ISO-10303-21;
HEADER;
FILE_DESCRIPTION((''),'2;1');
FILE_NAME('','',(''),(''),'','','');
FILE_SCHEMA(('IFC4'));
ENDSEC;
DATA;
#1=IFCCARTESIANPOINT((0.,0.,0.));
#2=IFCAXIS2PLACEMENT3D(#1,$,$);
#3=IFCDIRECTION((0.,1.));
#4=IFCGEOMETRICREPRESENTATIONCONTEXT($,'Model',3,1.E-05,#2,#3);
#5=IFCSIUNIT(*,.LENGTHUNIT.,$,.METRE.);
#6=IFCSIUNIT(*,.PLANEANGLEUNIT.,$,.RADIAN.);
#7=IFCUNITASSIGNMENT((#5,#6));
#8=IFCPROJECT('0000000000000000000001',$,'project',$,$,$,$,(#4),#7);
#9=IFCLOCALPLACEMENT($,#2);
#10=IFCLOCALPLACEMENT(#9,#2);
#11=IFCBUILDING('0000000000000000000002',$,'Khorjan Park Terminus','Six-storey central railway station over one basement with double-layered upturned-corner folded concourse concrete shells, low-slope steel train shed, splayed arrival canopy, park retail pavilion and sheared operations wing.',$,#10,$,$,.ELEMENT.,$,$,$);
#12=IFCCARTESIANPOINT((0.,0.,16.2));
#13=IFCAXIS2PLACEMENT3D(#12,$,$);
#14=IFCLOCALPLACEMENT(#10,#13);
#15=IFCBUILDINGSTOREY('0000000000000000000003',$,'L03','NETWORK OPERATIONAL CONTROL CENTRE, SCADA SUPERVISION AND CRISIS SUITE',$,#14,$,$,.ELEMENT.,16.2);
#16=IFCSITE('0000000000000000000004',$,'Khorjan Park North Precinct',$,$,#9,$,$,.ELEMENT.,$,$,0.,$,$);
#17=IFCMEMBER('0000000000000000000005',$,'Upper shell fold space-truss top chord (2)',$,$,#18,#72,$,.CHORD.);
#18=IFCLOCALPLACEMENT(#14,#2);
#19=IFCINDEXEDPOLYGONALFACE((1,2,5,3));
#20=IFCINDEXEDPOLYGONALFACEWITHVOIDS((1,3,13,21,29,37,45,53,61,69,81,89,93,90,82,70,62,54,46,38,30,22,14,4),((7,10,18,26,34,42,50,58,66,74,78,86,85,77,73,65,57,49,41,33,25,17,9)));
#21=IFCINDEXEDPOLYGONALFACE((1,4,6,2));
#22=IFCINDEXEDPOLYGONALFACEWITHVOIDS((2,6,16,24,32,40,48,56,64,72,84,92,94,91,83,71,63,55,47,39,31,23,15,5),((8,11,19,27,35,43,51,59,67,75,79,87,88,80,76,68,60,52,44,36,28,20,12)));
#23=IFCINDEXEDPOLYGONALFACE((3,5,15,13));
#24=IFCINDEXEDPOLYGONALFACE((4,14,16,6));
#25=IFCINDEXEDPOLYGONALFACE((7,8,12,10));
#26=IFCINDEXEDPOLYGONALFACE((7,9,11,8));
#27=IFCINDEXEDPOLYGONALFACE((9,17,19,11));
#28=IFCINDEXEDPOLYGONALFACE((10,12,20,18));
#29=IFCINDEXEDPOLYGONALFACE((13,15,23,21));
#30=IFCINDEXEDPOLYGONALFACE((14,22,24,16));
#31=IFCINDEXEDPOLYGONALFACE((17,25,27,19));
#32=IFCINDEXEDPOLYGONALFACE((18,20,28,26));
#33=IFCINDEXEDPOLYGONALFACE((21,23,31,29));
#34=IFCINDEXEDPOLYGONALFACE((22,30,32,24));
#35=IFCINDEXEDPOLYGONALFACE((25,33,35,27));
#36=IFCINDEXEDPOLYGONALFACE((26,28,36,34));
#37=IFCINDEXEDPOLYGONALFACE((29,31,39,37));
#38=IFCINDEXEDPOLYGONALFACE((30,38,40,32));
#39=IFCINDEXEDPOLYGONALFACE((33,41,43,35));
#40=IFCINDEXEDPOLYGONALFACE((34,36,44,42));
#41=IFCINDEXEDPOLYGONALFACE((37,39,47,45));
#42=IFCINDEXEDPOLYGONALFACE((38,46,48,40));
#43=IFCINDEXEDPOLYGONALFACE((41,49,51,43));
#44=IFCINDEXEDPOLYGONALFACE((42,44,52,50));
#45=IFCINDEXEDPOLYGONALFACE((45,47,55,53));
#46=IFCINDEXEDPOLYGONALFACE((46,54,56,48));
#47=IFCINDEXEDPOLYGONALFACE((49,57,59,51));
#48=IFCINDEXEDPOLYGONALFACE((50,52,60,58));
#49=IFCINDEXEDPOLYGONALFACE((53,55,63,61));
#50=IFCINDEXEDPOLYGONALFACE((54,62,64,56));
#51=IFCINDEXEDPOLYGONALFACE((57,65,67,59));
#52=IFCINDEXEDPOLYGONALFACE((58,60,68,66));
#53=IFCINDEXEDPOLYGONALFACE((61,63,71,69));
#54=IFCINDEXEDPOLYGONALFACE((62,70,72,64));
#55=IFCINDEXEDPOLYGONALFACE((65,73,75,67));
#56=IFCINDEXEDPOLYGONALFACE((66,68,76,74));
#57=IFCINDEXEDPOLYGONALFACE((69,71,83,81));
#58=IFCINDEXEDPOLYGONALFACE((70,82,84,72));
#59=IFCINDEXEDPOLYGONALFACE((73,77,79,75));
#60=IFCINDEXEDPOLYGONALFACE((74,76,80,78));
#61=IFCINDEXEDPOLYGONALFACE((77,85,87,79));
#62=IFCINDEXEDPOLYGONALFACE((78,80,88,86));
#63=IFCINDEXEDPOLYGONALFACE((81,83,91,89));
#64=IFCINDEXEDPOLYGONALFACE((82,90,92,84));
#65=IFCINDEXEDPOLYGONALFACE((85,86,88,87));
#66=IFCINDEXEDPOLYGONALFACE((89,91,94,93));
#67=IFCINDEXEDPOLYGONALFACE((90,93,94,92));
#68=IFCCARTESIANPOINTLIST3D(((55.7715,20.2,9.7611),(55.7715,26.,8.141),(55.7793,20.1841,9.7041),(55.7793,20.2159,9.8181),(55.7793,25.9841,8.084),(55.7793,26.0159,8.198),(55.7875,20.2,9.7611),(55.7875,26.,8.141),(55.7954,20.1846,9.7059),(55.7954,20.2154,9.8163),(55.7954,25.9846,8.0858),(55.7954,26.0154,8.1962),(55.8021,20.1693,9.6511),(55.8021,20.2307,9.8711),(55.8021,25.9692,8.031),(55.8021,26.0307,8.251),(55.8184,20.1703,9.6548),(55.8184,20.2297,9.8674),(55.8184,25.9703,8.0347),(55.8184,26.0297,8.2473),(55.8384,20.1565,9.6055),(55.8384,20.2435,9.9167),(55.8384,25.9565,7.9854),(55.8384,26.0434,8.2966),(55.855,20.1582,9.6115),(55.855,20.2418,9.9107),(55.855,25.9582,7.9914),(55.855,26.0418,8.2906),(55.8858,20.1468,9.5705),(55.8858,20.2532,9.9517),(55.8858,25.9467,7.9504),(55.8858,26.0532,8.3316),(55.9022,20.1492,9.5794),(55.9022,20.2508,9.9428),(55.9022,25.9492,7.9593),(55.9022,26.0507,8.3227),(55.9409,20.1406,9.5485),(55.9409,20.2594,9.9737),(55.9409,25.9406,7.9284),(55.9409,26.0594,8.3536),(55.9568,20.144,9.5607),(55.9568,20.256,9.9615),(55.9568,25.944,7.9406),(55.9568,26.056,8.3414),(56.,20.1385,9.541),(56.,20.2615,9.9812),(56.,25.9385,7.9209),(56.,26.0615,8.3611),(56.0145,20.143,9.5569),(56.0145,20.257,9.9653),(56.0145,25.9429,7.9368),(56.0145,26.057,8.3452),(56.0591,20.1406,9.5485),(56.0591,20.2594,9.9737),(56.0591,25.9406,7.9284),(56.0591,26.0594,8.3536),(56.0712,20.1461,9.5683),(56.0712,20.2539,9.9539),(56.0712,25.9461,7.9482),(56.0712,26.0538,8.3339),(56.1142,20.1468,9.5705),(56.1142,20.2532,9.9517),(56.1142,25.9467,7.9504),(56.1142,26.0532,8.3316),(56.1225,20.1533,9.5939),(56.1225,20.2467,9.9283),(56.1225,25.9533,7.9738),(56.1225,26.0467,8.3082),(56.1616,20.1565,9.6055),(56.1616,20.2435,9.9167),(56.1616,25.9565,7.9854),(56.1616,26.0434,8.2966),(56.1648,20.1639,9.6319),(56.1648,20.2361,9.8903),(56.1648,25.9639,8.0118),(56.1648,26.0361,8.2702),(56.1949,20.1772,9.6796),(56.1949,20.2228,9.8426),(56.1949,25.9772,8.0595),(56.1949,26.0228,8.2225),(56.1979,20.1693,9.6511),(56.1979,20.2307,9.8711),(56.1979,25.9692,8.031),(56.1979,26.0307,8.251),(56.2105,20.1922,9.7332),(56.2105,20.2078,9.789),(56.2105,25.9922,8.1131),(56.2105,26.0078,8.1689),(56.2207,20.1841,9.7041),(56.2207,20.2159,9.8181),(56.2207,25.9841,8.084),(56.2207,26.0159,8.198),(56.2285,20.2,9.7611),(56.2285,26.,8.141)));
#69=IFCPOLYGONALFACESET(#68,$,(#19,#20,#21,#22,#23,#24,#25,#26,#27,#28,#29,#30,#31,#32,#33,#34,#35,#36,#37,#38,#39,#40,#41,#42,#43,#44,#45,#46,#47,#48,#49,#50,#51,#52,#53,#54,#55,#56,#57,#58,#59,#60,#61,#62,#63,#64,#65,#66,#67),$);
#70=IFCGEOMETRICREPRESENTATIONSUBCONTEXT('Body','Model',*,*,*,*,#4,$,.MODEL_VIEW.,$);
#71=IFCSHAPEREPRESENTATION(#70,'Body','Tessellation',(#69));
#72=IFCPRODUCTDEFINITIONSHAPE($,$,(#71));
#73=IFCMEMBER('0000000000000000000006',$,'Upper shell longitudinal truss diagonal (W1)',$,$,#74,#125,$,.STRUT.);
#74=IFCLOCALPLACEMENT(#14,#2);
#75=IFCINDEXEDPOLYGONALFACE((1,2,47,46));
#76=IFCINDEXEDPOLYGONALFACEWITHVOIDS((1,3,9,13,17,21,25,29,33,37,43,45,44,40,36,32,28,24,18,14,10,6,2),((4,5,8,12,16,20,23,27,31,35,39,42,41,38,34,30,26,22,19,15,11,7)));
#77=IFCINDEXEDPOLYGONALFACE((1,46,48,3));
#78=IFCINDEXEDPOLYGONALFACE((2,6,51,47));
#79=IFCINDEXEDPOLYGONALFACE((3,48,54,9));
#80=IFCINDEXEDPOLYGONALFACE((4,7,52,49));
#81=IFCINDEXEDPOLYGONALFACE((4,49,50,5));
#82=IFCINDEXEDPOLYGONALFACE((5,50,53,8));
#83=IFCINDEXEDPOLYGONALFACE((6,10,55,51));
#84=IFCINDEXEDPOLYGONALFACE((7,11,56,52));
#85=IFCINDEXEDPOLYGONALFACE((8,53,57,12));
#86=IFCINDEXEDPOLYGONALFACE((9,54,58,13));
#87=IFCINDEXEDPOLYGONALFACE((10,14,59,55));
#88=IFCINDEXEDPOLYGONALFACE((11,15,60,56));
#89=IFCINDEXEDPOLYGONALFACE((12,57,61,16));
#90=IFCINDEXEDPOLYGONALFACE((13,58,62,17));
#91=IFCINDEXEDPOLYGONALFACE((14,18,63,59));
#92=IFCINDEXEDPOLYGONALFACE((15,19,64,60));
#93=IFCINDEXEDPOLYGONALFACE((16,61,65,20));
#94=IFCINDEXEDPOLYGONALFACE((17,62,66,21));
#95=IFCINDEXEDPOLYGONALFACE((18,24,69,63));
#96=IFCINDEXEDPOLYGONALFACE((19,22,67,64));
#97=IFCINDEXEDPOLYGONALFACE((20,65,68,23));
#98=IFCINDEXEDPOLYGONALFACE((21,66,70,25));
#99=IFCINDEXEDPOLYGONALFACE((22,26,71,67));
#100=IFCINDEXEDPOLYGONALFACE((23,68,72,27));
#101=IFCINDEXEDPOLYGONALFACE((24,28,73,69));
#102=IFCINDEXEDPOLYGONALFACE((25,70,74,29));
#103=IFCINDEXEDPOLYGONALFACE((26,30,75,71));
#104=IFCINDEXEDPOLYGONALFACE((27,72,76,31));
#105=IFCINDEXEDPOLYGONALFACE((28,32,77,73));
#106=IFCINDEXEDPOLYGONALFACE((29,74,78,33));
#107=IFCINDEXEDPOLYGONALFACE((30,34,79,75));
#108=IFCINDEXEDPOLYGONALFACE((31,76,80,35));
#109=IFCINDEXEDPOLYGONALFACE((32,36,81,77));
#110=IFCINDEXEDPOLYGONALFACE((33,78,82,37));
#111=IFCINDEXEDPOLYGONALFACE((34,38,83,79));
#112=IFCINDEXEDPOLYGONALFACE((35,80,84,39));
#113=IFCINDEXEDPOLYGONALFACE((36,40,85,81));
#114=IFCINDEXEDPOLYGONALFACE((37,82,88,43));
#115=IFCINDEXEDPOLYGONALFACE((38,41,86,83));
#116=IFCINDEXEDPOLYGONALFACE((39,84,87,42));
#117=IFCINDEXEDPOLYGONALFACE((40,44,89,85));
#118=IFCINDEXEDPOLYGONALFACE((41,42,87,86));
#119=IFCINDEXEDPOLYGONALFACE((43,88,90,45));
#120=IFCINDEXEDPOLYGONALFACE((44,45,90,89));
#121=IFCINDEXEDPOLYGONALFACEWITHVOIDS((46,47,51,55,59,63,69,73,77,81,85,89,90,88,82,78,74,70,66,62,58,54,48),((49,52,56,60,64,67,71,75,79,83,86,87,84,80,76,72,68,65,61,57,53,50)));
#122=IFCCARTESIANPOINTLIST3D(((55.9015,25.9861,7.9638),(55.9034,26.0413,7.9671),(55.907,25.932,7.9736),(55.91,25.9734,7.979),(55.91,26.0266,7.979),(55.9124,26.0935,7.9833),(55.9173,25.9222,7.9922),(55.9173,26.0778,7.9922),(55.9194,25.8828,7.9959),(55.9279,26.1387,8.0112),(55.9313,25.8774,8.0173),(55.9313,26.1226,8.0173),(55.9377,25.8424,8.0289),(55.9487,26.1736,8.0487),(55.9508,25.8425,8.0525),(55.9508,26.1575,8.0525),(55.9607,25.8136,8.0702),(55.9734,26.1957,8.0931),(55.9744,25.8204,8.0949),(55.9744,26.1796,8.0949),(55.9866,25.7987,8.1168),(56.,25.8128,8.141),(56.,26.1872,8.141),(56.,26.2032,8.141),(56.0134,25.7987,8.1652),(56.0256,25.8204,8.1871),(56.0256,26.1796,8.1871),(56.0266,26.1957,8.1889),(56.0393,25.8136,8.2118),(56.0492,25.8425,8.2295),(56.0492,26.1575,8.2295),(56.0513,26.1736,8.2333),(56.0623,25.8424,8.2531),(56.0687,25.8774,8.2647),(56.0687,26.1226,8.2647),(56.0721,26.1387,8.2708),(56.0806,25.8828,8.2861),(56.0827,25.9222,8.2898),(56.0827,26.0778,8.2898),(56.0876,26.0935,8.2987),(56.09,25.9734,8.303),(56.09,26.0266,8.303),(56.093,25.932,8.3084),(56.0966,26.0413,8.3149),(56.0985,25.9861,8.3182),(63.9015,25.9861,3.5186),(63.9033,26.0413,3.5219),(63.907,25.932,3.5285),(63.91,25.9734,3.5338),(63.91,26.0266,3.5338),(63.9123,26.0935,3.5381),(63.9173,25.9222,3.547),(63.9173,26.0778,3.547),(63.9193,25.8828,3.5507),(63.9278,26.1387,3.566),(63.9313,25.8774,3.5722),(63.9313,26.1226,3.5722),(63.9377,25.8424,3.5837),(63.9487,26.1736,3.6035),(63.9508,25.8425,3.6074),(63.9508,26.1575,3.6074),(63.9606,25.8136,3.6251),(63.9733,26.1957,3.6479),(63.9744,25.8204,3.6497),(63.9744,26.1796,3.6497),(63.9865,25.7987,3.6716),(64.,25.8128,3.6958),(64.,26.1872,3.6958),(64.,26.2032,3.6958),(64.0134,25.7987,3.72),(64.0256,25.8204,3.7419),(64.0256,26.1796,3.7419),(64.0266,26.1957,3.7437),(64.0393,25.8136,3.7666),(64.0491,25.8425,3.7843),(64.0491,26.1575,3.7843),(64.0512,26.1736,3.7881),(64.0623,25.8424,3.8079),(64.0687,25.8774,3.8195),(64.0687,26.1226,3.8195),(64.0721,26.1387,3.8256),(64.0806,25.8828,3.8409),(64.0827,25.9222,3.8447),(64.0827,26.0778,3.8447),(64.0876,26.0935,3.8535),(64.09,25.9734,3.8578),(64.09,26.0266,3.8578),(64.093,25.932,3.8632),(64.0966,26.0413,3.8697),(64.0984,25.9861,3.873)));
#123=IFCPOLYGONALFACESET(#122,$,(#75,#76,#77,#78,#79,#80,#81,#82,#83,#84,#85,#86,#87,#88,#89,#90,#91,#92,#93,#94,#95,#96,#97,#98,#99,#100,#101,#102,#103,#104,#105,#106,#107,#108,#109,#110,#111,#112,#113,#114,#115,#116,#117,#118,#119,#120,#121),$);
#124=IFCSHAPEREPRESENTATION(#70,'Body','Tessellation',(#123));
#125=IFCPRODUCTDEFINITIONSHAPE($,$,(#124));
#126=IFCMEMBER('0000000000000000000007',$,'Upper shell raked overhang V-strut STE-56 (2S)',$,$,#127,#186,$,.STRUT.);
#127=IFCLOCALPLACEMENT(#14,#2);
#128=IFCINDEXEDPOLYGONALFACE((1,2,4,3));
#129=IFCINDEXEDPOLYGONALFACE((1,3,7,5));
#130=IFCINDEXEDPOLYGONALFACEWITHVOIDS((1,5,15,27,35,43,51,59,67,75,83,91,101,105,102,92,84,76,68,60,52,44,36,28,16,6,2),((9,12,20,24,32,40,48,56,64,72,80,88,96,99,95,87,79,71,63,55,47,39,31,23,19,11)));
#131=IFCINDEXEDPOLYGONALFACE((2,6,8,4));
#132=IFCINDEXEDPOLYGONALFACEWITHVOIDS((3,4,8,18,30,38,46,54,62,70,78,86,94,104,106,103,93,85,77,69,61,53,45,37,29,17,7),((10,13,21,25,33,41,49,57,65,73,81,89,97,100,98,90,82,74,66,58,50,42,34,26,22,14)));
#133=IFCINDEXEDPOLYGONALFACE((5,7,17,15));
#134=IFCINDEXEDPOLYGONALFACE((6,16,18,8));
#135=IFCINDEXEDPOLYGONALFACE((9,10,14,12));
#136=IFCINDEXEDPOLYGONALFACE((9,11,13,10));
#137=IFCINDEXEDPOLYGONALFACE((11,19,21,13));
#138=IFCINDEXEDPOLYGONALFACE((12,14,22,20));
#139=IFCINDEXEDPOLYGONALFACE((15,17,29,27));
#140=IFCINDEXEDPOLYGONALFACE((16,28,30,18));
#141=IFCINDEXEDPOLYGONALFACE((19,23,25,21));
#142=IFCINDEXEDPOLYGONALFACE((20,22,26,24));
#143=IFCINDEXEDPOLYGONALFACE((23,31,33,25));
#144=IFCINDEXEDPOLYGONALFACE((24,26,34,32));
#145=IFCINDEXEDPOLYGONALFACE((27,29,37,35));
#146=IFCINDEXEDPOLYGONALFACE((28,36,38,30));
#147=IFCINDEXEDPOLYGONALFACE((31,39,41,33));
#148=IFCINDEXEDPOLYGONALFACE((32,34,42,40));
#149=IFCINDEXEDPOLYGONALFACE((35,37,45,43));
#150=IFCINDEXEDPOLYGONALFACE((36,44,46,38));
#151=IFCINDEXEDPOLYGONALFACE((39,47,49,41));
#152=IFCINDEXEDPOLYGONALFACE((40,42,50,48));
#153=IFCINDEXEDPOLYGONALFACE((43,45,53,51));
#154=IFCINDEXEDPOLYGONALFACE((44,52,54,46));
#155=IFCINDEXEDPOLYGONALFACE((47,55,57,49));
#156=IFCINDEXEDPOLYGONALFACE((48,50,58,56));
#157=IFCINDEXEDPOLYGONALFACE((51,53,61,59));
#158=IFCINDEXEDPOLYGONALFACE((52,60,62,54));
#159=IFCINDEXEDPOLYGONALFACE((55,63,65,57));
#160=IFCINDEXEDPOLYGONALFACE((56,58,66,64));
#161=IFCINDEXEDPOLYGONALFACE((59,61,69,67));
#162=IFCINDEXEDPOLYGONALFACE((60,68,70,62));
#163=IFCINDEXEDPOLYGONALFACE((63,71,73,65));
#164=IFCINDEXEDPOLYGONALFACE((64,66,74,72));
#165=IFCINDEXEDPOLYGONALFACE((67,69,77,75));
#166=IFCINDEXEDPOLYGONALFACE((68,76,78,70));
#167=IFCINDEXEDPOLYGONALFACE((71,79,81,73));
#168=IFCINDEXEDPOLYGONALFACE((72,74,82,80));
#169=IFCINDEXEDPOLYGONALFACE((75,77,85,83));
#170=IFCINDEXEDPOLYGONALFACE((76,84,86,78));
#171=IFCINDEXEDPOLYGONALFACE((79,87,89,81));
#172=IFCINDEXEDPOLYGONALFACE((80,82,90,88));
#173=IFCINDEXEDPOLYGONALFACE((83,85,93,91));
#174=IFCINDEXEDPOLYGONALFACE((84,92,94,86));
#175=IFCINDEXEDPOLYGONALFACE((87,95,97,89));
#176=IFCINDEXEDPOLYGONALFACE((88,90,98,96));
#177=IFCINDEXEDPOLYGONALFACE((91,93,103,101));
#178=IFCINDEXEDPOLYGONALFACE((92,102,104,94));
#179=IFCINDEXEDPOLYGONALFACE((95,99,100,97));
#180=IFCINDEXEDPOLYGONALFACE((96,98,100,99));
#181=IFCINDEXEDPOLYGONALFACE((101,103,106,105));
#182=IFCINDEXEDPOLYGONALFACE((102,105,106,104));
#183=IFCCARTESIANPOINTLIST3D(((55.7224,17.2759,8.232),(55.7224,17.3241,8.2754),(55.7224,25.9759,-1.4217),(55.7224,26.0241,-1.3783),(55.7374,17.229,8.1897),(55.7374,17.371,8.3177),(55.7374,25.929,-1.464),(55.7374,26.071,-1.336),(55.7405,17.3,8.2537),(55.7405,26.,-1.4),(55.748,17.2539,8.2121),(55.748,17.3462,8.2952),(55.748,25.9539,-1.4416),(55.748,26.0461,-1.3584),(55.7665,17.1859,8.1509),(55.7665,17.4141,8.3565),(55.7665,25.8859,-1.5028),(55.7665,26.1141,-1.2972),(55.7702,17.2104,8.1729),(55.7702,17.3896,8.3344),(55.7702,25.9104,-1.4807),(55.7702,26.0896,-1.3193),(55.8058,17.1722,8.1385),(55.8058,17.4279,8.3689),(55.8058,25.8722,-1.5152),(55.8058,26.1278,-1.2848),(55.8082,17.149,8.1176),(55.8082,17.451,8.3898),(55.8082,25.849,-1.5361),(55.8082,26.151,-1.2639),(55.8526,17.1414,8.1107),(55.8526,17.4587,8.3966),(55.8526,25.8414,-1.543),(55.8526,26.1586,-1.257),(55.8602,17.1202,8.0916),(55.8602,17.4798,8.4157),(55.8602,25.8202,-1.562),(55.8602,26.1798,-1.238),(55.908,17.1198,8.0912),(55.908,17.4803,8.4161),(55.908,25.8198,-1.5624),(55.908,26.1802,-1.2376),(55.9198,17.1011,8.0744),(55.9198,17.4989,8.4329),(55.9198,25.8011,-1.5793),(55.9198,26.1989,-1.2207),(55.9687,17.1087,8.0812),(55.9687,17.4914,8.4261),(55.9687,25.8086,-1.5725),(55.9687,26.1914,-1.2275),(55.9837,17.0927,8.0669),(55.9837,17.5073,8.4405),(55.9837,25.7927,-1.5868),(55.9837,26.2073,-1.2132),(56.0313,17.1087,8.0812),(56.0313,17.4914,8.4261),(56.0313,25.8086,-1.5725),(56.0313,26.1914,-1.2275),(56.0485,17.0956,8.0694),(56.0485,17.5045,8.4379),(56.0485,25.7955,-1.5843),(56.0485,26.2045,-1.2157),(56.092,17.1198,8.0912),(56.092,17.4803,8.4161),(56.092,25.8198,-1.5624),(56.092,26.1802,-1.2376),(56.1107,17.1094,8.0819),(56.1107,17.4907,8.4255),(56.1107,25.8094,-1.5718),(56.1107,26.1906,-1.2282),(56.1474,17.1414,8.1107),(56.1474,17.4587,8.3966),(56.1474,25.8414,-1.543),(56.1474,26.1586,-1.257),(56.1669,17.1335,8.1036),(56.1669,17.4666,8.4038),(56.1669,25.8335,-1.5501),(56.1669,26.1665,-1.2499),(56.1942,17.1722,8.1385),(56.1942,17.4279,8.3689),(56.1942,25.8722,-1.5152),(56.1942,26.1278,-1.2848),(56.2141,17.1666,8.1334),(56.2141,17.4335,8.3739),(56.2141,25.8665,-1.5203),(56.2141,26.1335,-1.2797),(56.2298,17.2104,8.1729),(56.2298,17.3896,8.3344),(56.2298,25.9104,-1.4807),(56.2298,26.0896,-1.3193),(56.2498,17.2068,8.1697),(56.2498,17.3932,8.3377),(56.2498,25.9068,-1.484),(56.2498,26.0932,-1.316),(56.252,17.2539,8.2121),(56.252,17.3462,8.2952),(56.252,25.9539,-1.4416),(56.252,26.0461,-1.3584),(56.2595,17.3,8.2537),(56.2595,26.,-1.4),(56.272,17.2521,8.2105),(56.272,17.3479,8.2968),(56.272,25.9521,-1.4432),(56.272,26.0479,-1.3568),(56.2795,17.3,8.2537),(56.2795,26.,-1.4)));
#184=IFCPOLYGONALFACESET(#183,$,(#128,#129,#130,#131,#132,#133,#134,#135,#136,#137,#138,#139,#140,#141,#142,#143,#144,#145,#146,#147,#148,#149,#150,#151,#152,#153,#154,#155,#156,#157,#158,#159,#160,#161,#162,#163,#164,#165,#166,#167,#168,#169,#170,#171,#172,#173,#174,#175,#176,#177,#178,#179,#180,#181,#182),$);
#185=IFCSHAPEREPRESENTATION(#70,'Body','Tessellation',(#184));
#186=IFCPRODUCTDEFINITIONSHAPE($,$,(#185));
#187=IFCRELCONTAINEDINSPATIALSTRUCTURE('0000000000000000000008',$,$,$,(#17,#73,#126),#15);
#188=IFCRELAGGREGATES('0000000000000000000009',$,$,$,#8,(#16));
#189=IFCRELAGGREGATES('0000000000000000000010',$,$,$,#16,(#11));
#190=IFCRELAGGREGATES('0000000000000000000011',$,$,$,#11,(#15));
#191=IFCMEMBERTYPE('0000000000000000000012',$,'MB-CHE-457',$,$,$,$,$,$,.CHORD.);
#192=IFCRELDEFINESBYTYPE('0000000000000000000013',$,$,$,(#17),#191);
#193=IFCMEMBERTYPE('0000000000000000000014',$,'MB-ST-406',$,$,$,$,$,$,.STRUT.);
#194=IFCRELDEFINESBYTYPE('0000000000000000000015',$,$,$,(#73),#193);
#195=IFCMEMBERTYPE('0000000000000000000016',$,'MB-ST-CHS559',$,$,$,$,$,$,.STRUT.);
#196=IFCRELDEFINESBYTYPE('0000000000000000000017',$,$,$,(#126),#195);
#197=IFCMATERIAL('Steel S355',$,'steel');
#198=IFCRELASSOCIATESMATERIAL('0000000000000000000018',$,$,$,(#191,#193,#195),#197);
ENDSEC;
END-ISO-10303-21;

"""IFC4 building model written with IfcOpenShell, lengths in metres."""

from ifc_helpers import new_model, si_unit, direction, frame, origin, origin_2d, place, context, subcontext, project, spatial, hollow_circle, extrude, material, material_profile, profile_set, type_object, element, save


model = new_model("IFC4")

# Units and contexts
model_context = context("Model", 3, precision=1e-05, world=origin(), true_north=direction((0.0, 1.0)))
body_context = subcontext(model_context, "Body", "Model", "MODEL_VIEW")
ifc_project = project(units=[si_unit("LENGTHUNIT", "METRE"), si_unit("PLANEANGLEUNIT", "RADIAN")], contexts=[model_context])

# Site, building, storey
site_placement = place(None, origin())
site = spatial("IfcSite", under=ifc_project, at=site_placement, Name="Khorjan Park North Precinct", CompositionType="ELEMENT", RefElevation=0.0)
building_placement = place(site_placement, origin())
building = spatial("IfcBuilding", under=site, at=building_placement, Name="Khorjan Park Terminus", Description="Six-storey central railway station over one basement with double-layered upturned-corner folded concourse concrete shells, low-slope steel train shed, splayed arrival canopy, park retail pavilion and sheared operations wing.", CompositionType="ELEMENT")
storey_placement = place(building_placement, frame((0.0, 0.0, 16.2)))
storey = spatial("IfcBuildingStorey", under=building, at=storey_placement, Name="L03", Description="NETWORK OPERATIONAL CONTROL CENTRE, SCADA SUPERVISION AND CRISIS SUITE", CompositionType="ELEMENT", Elevation=16.2)

# Members
ifc_material_1 = material(Name="Steel S355", Category="steel")
ifc_material_profile_1 = material_profile(ifc_material_1, hollow_circle(Radius=0.2285, WallThickness=0.016, at=origin_2d()), Name="CHS 457x16")
ifc_profile_set_1 = profile_set([ifc_material_profile_1], Name="Steel S355")
member_type_1 = type_object("IfcMemberType", Name="MB-CHE-457", PredefinedType="CHORD", material=ifc_profile_set_1)
member_1_placement = place(storey_placement, frame((56.0, 20.2, 9.7611), z_axis=(0.0, 0.963132, -0.269029), x_axis=(-1.0, 0.0, 0.0)))
element("IfcMember", 1, at=member_1_placement, inside=storey, type_object=member_type_1, Name="Upper shell fold space-truss top chord (2)", PredefinedType="CHORD", context=body_context, shape_type="SweptSolid", body=[
    extrude(hollow_circle(Radius=0.2285, WallThickness=0.016, at=origin_2d()), origin(), (0.0, 0.0, 1.0), 6.022),
])
ifc_material_profile_2 = material_profile(ifc_material_1, hollow_circle(Radius=0.2032, WallThickness=0.016, at=origin_2d()), Name="CHS 406.4x16")
ifc_profile_set_2 = profile_set([ifc_material_profile_2], Name="Steel S355")
member_type_2 = type_object("IfcMemberType", Name="MB-ST-406", PredefinedType="STRUT", material=ifc_profile_set_2)
member_2_placement = place(storey_placement, frame((56.0, 26.0, 8.141), z_axis=(0.874122, 0.0, -0.485706), x_axis=(0.0, 1.0, 0.0)))
element("IfcMember", 2, at=member_2_placement, inside=storey, type_object=member_type_2, Name="Upper shell longitudinal truss diagonal (W1)", PredefinedType="STRUT", context=body_context, shape_type="SweptSolid", body=[
    extrude(hollow_circle(Radius=0.2032, WallThickness=0.016, at=origin_2d()), origin(), (0.0, 0.0, 1.0), 9.152),
])
ifc_material_profile_3 = material_profile(ifc_material_1, hollow_circle(Radius=0.2795, WallThickness=0.02, at=origin_2d()), Name="CHS 559x20")
ifc_profile_set_3 = profile_set([ifc_material_profile_3], Name="Steel S355")
member_type_3 = type_object("IfcMemberType", Name="MB-ST-CHS559", PredefinedType="STRUT", material=ifc_profile_set_3)
member_3_placement = place(storey_placement, frame((56.0, 26.0, -1.4), z_axis=(0.0, -0.669461, 0.742847), x_axis=(1.0, 0.0, 0.0)))
element("IfcMember", 3, at=member_3_placement, inside=storey, type_object=member_type_3, Name="Upper shell raked overhang V-strut STE-56 (2S)", PredefinedType="STRUT", context=body_context, shape_type="SweptSolid", body=[
    extrude(hollow_circle(Radius=0.2795, WallThickness=0.02, at=origin_2d()), origin(), (0.0, 0.0, 1.0), 12.9955),
])

save(model, "model.ifc")
